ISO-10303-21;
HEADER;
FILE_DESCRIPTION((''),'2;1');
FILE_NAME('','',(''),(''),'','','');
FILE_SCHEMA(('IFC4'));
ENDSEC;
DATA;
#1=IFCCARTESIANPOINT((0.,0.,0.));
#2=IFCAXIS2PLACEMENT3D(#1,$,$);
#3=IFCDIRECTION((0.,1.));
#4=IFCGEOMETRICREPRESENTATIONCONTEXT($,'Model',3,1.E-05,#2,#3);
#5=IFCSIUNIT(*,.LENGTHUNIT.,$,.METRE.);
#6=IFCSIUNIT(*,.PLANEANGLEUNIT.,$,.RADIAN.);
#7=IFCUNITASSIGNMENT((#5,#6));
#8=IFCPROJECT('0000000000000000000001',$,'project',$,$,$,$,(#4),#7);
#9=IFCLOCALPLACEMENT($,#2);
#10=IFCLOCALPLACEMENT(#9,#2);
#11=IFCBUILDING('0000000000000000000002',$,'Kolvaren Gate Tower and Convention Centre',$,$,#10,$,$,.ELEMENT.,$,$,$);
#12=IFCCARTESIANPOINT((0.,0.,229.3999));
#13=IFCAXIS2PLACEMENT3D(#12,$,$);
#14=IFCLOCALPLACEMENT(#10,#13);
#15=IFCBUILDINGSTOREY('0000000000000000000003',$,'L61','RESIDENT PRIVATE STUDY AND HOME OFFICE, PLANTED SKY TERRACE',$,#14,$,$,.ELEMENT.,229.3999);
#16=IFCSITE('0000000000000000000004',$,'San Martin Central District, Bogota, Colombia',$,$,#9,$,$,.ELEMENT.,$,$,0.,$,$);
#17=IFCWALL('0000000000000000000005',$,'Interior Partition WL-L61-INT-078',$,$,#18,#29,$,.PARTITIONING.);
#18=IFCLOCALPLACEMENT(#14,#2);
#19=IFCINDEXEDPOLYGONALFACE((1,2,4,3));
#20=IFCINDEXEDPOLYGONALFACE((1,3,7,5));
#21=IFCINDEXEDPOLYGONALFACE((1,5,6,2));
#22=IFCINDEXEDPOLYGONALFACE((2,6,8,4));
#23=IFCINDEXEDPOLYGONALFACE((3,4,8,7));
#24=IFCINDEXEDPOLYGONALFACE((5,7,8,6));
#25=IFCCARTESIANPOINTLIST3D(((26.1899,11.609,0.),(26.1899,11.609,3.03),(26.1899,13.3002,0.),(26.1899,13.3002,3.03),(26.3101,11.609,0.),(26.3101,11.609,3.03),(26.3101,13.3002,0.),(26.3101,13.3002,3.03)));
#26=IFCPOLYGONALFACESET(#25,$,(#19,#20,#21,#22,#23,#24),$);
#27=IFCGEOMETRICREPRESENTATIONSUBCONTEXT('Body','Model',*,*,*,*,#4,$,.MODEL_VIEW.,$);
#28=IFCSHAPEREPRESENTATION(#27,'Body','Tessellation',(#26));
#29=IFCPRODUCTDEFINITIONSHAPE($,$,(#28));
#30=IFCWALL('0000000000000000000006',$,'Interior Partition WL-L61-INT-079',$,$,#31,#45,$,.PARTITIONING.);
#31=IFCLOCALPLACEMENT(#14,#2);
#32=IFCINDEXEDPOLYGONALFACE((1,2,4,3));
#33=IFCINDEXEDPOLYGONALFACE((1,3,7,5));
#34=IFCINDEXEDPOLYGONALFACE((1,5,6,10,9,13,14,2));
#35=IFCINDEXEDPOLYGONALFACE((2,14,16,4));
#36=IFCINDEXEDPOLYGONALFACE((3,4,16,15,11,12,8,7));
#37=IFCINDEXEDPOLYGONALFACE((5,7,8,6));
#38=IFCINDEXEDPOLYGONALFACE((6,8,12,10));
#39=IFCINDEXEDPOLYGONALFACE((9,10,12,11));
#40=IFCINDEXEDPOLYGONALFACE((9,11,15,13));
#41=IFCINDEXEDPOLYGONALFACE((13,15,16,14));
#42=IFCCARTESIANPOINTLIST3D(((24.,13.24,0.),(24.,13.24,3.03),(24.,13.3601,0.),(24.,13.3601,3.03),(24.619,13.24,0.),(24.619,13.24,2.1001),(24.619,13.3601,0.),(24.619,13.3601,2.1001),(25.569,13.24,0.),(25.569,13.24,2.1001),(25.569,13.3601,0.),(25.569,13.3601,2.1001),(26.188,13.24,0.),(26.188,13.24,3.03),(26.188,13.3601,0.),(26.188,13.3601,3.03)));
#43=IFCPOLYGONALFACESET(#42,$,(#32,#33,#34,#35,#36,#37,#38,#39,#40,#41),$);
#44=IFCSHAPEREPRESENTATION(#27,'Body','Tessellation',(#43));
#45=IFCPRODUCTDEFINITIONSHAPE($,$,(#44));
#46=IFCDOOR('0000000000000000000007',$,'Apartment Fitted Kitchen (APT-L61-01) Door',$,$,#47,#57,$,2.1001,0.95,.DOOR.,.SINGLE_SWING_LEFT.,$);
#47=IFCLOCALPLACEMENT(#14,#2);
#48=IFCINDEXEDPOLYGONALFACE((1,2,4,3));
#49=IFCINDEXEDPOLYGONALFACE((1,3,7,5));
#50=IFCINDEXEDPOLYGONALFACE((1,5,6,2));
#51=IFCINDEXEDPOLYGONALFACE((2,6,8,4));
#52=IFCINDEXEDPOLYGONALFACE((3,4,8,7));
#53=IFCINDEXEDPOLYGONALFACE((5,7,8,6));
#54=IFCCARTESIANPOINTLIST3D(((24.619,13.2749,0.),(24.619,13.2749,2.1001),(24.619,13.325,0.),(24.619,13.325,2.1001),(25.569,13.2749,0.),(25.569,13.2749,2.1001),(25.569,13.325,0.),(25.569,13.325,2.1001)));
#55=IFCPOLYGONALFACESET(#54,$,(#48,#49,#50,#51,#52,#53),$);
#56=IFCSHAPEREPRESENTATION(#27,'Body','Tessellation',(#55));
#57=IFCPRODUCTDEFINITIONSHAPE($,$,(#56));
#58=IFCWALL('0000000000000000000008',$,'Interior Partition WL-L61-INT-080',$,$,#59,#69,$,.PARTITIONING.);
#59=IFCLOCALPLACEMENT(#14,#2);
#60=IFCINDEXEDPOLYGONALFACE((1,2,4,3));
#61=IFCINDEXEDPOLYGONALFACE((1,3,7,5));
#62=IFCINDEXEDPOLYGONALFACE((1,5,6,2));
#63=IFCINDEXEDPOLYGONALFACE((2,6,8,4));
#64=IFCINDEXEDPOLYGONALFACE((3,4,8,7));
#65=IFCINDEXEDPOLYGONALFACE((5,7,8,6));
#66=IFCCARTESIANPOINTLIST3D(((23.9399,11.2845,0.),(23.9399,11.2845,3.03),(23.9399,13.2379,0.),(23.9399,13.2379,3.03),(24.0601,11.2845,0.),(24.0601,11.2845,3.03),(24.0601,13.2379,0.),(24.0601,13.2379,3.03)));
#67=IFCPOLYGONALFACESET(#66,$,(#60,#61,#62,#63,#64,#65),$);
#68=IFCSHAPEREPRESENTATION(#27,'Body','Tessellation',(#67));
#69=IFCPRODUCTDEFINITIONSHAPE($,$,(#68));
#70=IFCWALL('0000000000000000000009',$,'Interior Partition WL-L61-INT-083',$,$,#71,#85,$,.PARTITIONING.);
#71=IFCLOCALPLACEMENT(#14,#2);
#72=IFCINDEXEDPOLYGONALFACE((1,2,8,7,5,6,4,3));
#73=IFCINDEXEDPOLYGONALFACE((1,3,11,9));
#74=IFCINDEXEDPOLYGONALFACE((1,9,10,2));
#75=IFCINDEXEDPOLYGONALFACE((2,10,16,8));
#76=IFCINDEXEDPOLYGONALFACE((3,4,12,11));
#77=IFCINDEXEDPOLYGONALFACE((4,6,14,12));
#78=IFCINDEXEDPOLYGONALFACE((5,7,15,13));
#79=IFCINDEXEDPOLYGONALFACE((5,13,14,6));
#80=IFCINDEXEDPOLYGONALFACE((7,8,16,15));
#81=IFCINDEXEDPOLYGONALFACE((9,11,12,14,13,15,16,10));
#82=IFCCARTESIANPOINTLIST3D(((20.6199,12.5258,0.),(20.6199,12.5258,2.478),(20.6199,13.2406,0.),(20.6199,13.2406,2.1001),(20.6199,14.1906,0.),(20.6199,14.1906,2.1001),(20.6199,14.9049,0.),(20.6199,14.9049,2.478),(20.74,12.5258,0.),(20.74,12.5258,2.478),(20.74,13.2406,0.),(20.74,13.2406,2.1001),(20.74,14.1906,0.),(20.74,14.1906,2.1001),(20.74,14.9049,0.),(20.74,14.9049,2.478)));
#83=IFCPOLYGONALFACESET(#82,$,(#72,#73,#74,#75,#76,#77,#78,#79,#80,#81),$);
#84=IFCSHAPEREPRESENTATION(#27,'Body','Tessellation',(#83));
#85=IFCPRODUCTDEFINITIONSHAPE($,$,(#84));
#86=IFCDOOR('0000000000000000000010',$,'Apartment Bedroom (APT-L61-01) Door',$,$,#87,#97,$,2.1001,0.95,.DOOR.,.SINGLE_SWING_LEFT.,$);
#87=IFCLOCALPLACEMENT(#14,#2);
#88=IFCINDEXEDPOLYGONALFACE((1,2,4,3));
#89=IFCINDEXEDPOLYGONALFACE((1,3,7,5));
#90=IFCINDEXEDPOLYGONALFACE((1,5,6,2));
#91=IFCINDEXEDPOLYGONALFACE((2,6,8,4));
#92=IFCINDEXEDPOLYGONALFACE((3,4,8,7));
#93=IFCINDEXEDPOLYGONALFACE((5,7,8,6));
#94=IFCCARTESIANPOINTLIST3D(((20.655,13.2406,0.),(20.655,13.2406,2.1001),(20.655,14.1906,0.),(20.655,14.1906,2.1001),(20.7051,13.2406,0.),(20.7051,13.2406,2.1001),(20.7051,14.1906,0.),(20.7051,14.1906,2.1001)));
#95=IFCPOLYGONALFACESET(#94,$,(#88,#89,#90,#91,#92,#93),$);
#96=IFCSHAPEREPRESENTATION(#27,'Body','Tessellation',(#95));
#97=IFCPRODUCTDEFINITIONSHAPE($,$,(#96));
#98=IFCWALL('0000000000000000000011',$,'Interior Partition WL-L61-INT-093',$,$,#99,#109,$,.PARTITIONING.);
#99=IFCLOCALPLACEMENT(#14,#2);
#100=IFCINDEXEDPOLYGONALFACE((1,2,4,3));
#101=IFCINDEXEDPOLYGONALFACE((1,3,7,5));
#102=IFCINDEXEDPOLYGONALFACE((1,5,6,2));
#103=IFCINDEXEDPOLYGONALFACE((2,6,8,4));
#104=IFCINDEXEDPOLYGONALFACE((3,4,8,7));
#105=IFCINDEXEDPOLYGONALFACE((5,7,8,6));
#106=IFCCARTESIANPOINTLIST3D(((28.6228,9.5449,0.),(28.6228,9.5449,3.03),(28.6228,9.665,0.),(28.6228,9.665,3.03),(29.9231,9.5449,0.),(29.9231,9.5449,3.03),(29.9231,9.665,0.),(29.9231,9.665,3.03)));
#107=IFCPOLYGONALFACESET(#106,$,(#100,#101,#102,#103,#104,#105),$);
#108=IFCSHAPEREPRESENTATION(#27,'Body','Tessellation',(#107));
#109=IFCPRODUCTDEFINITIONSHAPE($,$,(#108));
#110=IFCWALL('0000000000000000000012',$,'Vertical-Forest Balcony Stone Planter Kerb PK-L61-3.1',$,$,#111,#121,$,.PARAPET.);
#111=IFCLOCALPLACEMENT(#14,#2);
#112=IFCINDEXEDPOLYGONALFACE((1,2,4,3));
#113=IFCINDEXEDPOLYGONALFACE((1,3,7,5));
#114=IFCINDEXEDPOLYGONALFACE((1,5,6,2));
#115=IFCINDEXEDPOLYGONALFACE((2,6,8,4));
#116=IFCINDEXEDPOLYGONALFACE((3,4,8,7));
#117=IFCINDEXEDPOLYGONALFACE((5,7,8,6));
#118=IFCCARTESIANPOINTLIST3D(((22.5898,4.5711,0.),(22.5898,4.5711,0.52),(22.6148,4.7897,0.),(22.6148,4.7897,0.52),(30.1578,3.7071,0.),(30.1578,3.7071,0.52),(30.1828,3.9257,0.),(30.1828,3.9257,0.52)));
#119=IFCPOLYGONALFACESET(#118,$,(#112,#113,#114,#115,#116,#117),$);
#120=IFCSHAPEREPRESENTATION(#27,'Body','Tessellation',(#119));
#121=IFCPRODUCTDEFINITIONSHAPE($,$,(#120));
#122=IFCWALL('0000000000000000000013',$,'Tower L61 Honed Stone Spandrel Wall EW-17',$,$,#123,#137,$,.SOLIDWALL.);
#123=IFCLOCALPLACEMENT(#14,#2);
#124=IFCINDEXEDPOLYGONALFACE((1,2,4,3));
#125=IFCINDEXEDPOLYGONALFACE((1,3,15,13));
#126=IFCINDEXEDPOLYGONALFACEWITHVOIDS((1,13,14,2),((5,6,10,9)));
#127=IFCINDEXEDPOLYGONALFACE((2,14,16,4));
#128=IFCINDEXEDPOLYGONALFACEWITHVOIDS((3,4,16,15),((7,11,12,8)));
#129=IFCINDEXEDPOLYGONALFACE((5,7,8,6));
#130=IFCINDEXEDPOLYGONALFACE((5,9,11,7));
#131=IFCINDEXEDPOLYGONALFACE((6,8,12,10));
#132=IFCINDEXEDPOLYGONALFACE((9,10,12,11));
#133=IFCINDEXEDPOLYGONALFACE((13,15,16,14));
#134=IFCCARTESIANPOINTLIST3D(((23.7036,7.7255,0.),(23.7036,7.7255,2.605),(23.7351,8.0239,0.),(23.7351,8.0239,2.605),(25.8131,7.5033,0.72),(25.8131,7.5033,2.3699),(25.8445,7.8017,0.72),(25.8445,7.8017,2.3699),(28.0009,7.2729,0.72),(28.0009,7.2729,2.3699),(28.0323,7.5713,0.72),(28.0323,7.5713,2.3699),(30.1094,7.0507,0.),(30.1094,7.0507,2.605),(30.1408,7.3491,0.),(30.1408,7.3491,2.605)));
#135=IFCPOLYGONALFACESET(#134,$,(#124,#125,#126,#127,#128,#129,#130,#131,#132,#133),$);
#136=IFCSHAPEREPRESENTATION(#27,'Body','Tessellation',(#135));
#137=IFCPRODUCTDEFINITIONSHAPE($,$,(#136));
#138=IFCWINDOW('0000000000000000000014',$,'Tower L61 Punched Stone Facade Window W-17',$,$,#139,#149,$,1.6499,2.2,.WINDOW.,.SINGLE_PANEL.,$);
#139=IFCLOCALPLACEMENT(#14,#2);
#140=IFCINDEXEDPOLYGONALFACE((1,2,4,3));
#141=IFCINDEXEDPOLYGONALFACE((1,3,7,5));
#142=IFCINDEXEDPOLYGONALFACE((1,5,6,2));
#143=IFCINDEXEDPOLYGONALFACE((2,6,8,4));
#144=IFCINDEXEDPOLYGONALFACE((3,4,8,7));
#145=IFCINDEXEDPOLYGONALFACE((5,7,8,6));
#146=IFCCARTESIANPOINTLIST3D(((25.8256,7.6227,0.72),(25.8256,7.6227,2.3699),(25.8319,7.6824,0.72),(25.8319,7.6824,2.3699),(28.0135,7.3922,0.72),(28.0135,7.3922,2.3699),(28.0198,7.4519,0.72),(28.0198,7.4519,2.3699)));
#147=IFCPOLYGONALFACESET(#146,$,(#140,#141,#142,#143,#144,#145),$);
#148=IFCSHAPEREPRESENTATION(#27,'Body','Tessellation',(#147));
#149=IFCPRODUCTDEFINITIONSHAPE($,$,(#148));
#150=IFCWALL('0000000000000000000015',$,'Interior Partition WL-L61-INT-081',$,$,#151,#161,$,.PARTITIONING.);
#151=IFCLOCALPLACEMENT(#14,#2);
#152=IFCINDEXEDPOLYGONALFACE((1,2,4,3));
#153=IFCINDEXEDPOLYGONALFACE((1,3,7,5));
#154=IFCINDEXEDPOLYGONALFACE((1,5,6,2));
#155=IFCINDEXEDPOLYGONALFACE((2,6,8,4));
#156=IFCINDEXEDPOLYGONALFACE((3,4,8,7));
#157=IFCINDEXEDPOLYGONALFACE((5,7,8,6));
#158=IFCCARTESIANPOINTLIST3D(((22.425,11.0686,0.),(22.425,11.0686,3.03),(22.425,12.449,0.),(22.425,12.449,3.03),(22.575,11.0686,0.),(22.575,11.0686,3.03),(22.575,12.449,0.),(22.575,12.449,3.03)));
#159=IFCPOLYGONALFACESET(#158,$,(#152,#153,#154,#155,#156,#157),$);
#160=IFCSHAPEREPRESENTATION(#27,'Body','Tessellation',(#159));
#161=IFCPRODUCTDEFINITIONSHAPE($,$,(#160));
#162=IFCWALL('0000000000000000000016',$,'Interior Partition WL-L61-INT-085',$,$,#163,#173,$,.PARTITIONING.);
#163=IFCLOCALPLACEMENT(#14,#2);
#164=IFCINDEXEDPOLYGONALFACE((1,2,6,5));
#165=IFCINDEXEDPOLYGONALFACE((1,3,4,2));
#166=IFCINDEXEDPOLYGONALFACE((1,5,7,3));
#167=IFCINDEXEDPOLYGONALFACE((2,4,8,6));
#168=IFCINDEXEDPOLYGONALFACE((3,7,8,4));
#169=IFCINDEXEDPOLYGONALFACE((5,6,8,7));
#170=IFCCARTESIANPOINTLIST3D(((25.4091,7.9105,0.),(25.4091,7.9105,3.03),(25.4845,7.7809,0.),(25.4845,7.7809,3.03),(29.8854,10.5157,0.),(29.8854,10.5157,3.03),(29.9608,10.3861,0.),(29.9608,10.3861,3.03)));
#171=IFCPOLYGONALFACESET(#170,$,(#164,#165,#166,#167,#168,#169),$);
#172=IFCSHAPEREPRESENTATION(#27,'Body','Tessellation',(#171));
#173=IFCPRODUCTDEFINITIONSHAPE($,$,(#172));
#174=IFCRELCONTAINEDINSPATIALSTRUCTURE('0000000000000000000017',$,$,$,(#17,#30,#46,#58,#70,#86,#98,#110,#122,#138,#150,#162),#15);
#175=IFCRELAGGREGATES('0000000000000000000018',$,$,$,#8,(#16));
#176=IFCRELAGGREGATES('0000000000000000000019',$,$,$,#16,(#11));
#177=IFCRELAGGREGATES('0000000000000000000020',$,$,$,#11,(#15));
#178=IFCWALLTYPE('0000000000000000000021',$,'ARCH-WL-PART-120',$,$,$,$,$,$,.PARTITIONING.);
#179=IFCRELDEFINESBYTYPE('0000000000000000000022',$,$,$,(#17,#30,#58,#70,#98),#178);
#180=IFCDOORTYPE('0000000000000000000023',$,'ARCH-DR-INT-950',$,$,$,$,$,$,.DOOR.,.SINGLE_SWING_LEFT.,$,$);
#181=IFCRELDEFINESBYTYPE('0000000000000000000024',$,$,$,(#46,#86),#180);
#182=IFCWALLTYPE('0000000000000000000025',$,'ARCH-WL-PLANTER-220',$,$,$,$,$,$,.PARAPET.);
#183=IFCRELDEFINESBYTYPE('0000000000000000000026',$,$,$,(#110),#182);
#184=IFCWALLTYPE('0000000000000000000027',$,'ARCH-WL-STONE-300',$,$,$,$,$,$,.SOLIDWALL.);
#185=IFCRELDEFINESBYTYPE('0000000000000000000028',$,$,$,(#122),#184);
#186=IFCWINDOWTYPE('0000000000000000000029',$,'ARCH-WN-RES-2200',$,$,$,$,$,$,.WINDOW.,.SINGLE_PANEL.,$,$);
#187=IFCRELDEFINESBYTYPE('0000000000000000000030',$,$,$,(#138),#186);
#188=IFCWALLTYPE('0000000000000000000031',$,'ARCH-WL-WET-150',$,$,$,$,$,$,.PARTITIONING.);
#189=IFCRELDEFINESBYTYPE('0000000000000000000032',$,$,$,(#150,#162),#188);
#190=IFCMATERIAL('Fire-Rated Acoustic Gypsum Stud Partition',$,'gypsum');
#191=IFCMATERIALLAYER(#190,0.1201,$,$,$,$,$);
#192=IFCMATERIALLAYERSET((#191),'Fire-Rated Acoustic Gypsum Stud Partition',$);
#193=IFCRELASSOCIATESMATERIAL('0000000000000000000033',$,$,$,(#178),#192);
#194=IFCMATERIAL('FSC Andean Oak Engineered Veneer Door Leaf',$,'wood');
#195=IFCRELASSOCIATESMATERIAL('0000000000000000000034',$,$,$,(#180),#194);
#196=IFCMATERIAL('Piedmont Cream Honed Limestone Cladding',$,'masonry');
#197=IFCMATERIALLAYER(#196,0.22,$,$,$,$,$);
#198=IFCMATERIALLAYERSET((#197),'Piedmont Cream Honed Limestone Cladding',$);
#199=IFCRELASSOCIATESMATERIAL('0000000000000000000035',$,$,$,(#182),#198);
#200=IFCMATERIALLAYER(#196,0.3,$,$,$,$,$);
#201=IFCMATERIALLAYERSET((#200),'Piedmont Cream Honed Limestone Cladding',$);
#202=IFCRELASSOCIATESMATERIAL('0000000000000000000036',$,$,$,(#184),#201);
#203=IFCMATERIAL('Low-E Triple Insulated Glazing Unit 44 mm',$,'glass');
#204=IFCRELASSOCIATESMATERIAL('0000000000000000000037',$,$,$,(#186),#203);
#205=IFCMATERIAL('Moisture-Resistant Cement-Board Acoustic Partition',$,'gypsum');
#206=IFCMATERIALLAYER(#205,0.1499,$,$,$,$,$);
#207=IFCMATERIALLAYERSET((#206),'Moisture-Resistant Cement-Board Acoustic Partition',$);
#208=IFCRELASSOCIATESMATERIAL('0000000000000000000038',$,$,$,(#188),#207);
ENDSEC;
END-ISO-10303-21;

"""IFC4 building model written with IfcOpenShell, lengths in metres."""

from ifc_helpers import new_model, si_unit, direction, frame, frame_2d, origin, place, context, subcontext, project, spatial, rectangle, extrude, material, layer, layer_set, type_object, element, fill, save


model = new_model("IFC4")

# Units and contexts
model_context = context("Model", 3, precision=1e-05, world=origin(), true_north=direction((0.0, 1.0)))
body_context = subcontext(model_context, "Body", "Model", "MODEL_VIEW")
ifc_project = project(units=[si_unit("LENGTHUNIT", "METRE"), si_unit("PLANEANGLEUNIT", "RADIAN")], contexts=[model_context])

# Site, building, storey
site_placement = place(None, origin())
site = spatial("IfcSite", under=ifc_project, at=site_placement, Name="San Martin Central District, Bogota, Colombia", CompositionType="ELEMENT", RefElevation=0.0)
building_placement = place(site_placement, origin())
building = spatial("IfcBuilding", under=site, at=building_placement, Name="Kolvaren Gate Tower and Convention Centre", CompositionType="ELEMENT")
storey_placement = place(building_placement, frame((0.0, 0.0, 229.3999)))
storey = spatial("IfcBuildingStorey", under=building, at=storey_placement, Name="L61", Description="RESIDENT PRIVATE STUDY AND HOME OFFICE, PLANTED SKY TERRACE", CompositionType="ELEMENT", Elevation=229.3999)

# Shared definitions
ifc_material_1 = material(Name="Fire-Rated Acoustic Gypsum Stud Partition", Category="gypsum")
ifc_layer_1 = layer(ifc_material_1, 0.1201)
ifc_layer_set_1 = layer_set([ifc_layer_1], Name="Fire-Rated Acoustic Gypsum Stud Partition")
wall_type_1 = type_object("IfcWallType", Name="ARCH-WL-PART-120", PredefinedType="PARTITIONING", material=ifc_layer_set_1)

# Wall
wall_1_placement = place(storey_placement, frame((26.25, 11.6089, 0.0), z_axis=(0.0, 0.0, 1.0), x_axis=(0.0, 1.0, 0.0)))
element("IfcWall", 1, at=wall_1_placement, inside=storey, type_object=wall_type_1, Name="Interior Partition WL-L61-INT-078", PredefinedType="PARTITIONING", context=body_context, shape_type="SweptSolid", body=[
    extrude(rectangle(XDim=1.6912, YDim=0.1201, at=frame_2d((0.8457, 0.0))), origin(), (0.0, 0.0, 1.0), 3.03),
])

# Wall, opening, door
wall_2_placement = place(storey_placement, frame((24.0, 13.3, 0.0), z_axis=(0.0, 0.0, 1.0), x_axis=(1.0, 0.0, 0.0)))
wall_2 = element("IfcWall", 2, at=wall_2_placement, inside=storey, type_object=wall_type_1, Name="Interior Partition WL-L61-INT-079", PredefinedType="PARTITIONING", context=body_context, shape_type="SweptSolid", body=[
    extrude(rectangle(XDim=2.188, YDim=0.1201, at=frame_2d((1.094, 0.0))), origin(), (0.0, 0.0, 1.0), 3.03),
])
opening_1_placement = place(wall_2_placement, frame((0.6189, 0.0, 0.0)))
opening_1 = element("IfcOpeningElement", 3, at=opening_1_placement, cuts=wall_2, PredefinedType="OPENING", context=body_context, shape_type="SweptSolid", body=[
    extrude(rectangle(XDim=0.95, YDim=2.1001, at=frame_2d((0.4751, 1.05))), frame((0.0, 0.0701, 0.0), z_axis=(0.0, -1.0, 0.0), x_axis=(1.0, 0.0, 0.0)), (0.0, 0.0, 1.0), 0.1401),
])
ifc_material_2 = material(Name="FSC Andean Oak Engineered Veneer Door Leaf", Category="wood")
door_type_1 = type_object("IfcDoorType", Name="ARCH-DR-INT-950", OperationType="SINGLE_SWING_LEFT", PredefinedType="DOOR", material=ifc_material_2)
door_1_placement = place(opening_1_placement, origin())
door_1 = element("IfcDoor", 4, at=door_1_placement, inside=storey, type_object=door_type_1, Name="Apartment Fitted Kitchen (APT-L61-01) Door", OperationType="SINGLE_SWING_LEFT", OverallHeight=2.1001, OverallWidth=0.95, PredefinedType="DOOR", context=body_context, shape_type="SweptSolid", body=[
    extrude(rectangle(XDim=0.95, YDim=2.1001, at=frame_2d((0.4751, 1.05))), frame((0.0, 0.0249, 0.0), z_axis=(0.0, -1.0, 0.0), x_axis=(1.0, 0.0, 0.0)), (0.0, 0.0, 1.0), 0.05),
])
fill(opening_1, door_1)

# Wall
wall_3_placement = place(storey_placement, frame((24.0, 11.2847, 0.0), z_axis=(0.0, 0.0, 1.0), x_axis=(0.0, 1.0, 0.0)))
element("IfcWall", 5, at=wall_3_placement, inside=storey, type_object=wall_type_1, Name="Interior Partition WL-L61-INT-080", PredefinedType="PARTITIONING", context=body_context, shape_type="SweptSolid", body=[
    extrude(rectangle(XDim=1.9534, YDim=0.1201, at=frame_2d((0.9766, 0.0))), origin(), (0.0, 0.0, 1.0), 3.03),
])

# Wall, opening, door
wall_4_placement = place(storey_placement, frame((20.6799, 12.5259, 0.0), z_axis=(0.0, 0.0, 1.0), x_axis=(0.0, 1.0, 0.0)))
wall_4 = element("IfcWall", 6, at=wall_4_placement, inside=storey, type_object=wall_type_1, Name="Interior Partition WL-L61-INT-083", PredefinedType="PARTITIONING", context=body_context, shape_type="SweptSolid", body=[
    extrude(rectangle(XDim=2.3792, YDim=0.1201, at=frame_2d((1.1895, 0.0))), origin(), (0.0, 0.0, 1.0), 2.478),
])
opening_2_placement = place(wall_4_placement, frame((0.7146, 0.0, 0.0)))
opening_2 = element("IfcOpeningElement", 7, at=opening_2_placement, cuts=wall_4, PredefinedType="OPENING", context=body_context, shape_type="SweptSolid", body=[
    extrude(rectangle(XDim=0.95, YDim=2.1001, at=frame_2d((0.4751, 1.05))), frame((0.0, 0.0701, 0.0), z_axis=(0.0, -1.0, 0.0), x_axis=(1.0, 0.0, 0.0)), (0.0, 0.0, 1.0), 0.1401),
])
door_2_placement = place(opening_2_placement, origin())
door_2 = element("IfcDoor", 8, at=door_2_placement, inside=storey, type_object=door_type_1, Name="Apartment Bedroom (APT-L61-01) Door", OperationType="SINGLE_SWING_LEFT", OverallHeight=2.1001, OverallWidth=0.95, PredefinedType="DOOR", context=body_context, shape_type="SweptSolid", body=[
    extrude(rectangle(XDim=0.95, YDim=2.1001, at=frame_2d((0.4751, 1.05))), frame((0.0, 0.0249, 0.0), z_axis=(0.0, -1.0, 0.0), x_axis=(1.0, 0.0, 0.0)), (0.0, 0.0, 1.0), 0.05),
])
fill(opening_2, door_2)

# Walls
wall_5_placement = place(storey_placement, frame((28.6228, 9.605, 0.0), z_axis=(0.0, 0.0, 1.0), x_axis=(1.0, 0.0, 0.0)))
element("IfcWall", 9, at=wall_5_placement, inside=storey, type_object=wall_type_1, Name="Interior Partition WL-L61-INT-093", PredefinedType="PARTITIONING", context=body_context, shape_type="SweptSolid", body=[
    extrude(rectangle(XDim=1.3003, YDim=0.1201, at=frame_2d((0.6501, 0.0))), origin(), (0.0, 0.0, 1.0), 3.03),
])
ifc_material_3 = material(Name="Piedmont Cream Honed Limestone Cladding", Category="masonry")
ifc_layer_2 = layer(ifc_material_3, 0.22)
ifc_layer_set_2 = layer_set([ifc_layer_2], Name="Piedmont Cream Honed Limestone Cladding")
wall_type_2 = type_object("IfcWallType", Name="ARCH-WL-PLANTER-220", PredefinedType="PARAPET", material=ifc_layer_set_2)
wall_6_placement = place(storey_placement, frame((22.6023, 4.6804, 0.0), z_axis=(0.0, 0.0, 1.0), x_axis=(0.993546, -0.113428, 0.0)))
element("IfcWall", 10, at=wall_6_placement, inside=storey, type_object=wall_type_2, Name="Vertical-Forest Balcony Stone Planter Kerb PK-L61-3.1", PredefinedType="PARAPET", context=body_context, shape_type="SweptSolid", body=[
    extrude(rectangle(XDim=7.6172, YDim=0.22, at=frame_2d((3.8086, 0.0))), origin(), (0.0, 0.0, 1.0), 0.52),
])

# Wall, opening, window
ifc_layer_3 = layer(ifc_material_3, 0.3)
ifc_layer_set_3 = layer_set([ifc_layer_3], Name="Piedmont Cream Honed Limestone Cladding")
wall_type_3 = type_object("IfcWallType", Name="ARCH-WL-STONE-300", PredefinedType="SOLIDWALL", material=ifc_layer_set_3)
wall_7_placement = place(storey_placement, frame((23.7192, 7.8748, 0.0), z_axis=(0.0, 0.0, 1.0), x_axis=(0.994497, -0.104764, 0.0)))
wall_7 = element("IfcWall", 11, at=wall_7_placement, inside=storey, type_object=wall_type_3, Name="Tower L61 Honed Stone Spandrel Wall EW-17", PredefinedType="SOLIDWALL", context=body_context, shape_type="SweptSolid", body=[
    extrude(rectangle(XDim=6.4412, YDim=0.3, at=frame_2d((3.2207, 0.0))), origin(), (0.0, 0.0, 1.0), 2.605),
])
opening_3_placement = place(wall_7_placement, frame((2.1211, 0.0, 0.72)))
opening_3 = element("IfcOpeningElement", 12, at=opening_3_placement, cuts=wall_7, PredefinedType="OPENING", context=body_context, shape_type="SweptSolid", body=[
    extrude(rectangle(XDim=2.2, YDim=1.6499, at=frame_2d((1.1001, 0.825))), frame((0.0, 0.1599, 0.0), z_axis=(0.0, -1.0, 0.0), x_axis=(1.0, 0.0, 0.0)), (0.0, 0.0, 1.0), 0.3201),
])
ifc_material_4 = material(Name="Low-E Triple Insulated Glazing Unit 44 mm", Category="glass")
window_type = type_object("IfcWindowType", Name="ARCH-WN-RES-2200", PartitioningType="SINGLE_PANEL", PredefinedType="WINDOW", material=ifc_material_4)
window_placement = place(opening_3_placement, origin())
window = element("IfcWindow", 13, at=window_placement, inside=storey, type_object=window_type, Name="Tower L61 Punched Stone Facade Window W-17", OverallHeight=1.6499, OverallWidth=2.2, PartitioningType="SINGLE_PANEL", PredefinedType="WINDOW", context=body_context, shape_type="SweptSolid", body=[
    extrude(rectangle(XDim=2.2, YDim=1.6499, at=frame_2d((1.1001, 0.825))), frame((0.0, 0.03, 0.0), z_axis=(0.0, -1.0, 0.0), x_axis=(1.0, 0.0, 0.0)), (0.0, 0.0, 1.0), 0.0601),
])
fill(opening_3, window)

# Walls
ifc_material_5 = material(Name="Moisture-Resistant Cement-Board Acoustic Partition", Category="gypsum")
ifc_layer_4 = layer(ifc_material_5, 0.1499)
ifc_layer_set_4 = layer_set([ifc_layer_4], Name="Moisture-Resistant Cement-Board Acoustic Partition")
wall_type_4 = type_object("IfcWallType", Name="ARCH-WL-WET-150", PredefinedType="PARTITIONING", material=ifc_layer_set_4)
wall_8_placement = place(storey_placement, frame((22.5, 11.0686, 0.0), z_axis=(0.0, 0.0, 1.0), x_axis=(0.0, 1.0, 0.0)))
element("IfcWall", 14, at=wall_8_placement, inside=storey, type_object=wall_type_4, Name="Interior Partition WL-L61-INT-081", PredefinedType="PARTITIONING", context=body_context, shape_type="SweptSolid", body=[
    extrude(rectangle(XDim=1.3804, YDim=0.1499, at=frame_2d((0.6902, 0.0))), origin(), (0.0, 0.0, 1.0), 3.03),
])
wall_9_placement = place(storey_placement, frame((25.4468, 7.8457, 0.0), z_axis=(0.0, 0.0, 1.0), x_axis=(0.864279, 0.503012, 0.0)))
element("IfcWall", 15, at=wall_9_placement, inside=storey, type_object=wall_type_4, Name="Interior Partition WL-L61-INT-085", PredefinedType="PARTITIONING", context=body_context, shape_type="SweptSolid", body=[
    extrude(rectangle(XDim=5.1792, YDim=0.1499, at=frame_2d((2.5896, 0.0))), origin(), (0.0, 0.0, 1.0), 3.03),
])

save(model, "model.ifc")
